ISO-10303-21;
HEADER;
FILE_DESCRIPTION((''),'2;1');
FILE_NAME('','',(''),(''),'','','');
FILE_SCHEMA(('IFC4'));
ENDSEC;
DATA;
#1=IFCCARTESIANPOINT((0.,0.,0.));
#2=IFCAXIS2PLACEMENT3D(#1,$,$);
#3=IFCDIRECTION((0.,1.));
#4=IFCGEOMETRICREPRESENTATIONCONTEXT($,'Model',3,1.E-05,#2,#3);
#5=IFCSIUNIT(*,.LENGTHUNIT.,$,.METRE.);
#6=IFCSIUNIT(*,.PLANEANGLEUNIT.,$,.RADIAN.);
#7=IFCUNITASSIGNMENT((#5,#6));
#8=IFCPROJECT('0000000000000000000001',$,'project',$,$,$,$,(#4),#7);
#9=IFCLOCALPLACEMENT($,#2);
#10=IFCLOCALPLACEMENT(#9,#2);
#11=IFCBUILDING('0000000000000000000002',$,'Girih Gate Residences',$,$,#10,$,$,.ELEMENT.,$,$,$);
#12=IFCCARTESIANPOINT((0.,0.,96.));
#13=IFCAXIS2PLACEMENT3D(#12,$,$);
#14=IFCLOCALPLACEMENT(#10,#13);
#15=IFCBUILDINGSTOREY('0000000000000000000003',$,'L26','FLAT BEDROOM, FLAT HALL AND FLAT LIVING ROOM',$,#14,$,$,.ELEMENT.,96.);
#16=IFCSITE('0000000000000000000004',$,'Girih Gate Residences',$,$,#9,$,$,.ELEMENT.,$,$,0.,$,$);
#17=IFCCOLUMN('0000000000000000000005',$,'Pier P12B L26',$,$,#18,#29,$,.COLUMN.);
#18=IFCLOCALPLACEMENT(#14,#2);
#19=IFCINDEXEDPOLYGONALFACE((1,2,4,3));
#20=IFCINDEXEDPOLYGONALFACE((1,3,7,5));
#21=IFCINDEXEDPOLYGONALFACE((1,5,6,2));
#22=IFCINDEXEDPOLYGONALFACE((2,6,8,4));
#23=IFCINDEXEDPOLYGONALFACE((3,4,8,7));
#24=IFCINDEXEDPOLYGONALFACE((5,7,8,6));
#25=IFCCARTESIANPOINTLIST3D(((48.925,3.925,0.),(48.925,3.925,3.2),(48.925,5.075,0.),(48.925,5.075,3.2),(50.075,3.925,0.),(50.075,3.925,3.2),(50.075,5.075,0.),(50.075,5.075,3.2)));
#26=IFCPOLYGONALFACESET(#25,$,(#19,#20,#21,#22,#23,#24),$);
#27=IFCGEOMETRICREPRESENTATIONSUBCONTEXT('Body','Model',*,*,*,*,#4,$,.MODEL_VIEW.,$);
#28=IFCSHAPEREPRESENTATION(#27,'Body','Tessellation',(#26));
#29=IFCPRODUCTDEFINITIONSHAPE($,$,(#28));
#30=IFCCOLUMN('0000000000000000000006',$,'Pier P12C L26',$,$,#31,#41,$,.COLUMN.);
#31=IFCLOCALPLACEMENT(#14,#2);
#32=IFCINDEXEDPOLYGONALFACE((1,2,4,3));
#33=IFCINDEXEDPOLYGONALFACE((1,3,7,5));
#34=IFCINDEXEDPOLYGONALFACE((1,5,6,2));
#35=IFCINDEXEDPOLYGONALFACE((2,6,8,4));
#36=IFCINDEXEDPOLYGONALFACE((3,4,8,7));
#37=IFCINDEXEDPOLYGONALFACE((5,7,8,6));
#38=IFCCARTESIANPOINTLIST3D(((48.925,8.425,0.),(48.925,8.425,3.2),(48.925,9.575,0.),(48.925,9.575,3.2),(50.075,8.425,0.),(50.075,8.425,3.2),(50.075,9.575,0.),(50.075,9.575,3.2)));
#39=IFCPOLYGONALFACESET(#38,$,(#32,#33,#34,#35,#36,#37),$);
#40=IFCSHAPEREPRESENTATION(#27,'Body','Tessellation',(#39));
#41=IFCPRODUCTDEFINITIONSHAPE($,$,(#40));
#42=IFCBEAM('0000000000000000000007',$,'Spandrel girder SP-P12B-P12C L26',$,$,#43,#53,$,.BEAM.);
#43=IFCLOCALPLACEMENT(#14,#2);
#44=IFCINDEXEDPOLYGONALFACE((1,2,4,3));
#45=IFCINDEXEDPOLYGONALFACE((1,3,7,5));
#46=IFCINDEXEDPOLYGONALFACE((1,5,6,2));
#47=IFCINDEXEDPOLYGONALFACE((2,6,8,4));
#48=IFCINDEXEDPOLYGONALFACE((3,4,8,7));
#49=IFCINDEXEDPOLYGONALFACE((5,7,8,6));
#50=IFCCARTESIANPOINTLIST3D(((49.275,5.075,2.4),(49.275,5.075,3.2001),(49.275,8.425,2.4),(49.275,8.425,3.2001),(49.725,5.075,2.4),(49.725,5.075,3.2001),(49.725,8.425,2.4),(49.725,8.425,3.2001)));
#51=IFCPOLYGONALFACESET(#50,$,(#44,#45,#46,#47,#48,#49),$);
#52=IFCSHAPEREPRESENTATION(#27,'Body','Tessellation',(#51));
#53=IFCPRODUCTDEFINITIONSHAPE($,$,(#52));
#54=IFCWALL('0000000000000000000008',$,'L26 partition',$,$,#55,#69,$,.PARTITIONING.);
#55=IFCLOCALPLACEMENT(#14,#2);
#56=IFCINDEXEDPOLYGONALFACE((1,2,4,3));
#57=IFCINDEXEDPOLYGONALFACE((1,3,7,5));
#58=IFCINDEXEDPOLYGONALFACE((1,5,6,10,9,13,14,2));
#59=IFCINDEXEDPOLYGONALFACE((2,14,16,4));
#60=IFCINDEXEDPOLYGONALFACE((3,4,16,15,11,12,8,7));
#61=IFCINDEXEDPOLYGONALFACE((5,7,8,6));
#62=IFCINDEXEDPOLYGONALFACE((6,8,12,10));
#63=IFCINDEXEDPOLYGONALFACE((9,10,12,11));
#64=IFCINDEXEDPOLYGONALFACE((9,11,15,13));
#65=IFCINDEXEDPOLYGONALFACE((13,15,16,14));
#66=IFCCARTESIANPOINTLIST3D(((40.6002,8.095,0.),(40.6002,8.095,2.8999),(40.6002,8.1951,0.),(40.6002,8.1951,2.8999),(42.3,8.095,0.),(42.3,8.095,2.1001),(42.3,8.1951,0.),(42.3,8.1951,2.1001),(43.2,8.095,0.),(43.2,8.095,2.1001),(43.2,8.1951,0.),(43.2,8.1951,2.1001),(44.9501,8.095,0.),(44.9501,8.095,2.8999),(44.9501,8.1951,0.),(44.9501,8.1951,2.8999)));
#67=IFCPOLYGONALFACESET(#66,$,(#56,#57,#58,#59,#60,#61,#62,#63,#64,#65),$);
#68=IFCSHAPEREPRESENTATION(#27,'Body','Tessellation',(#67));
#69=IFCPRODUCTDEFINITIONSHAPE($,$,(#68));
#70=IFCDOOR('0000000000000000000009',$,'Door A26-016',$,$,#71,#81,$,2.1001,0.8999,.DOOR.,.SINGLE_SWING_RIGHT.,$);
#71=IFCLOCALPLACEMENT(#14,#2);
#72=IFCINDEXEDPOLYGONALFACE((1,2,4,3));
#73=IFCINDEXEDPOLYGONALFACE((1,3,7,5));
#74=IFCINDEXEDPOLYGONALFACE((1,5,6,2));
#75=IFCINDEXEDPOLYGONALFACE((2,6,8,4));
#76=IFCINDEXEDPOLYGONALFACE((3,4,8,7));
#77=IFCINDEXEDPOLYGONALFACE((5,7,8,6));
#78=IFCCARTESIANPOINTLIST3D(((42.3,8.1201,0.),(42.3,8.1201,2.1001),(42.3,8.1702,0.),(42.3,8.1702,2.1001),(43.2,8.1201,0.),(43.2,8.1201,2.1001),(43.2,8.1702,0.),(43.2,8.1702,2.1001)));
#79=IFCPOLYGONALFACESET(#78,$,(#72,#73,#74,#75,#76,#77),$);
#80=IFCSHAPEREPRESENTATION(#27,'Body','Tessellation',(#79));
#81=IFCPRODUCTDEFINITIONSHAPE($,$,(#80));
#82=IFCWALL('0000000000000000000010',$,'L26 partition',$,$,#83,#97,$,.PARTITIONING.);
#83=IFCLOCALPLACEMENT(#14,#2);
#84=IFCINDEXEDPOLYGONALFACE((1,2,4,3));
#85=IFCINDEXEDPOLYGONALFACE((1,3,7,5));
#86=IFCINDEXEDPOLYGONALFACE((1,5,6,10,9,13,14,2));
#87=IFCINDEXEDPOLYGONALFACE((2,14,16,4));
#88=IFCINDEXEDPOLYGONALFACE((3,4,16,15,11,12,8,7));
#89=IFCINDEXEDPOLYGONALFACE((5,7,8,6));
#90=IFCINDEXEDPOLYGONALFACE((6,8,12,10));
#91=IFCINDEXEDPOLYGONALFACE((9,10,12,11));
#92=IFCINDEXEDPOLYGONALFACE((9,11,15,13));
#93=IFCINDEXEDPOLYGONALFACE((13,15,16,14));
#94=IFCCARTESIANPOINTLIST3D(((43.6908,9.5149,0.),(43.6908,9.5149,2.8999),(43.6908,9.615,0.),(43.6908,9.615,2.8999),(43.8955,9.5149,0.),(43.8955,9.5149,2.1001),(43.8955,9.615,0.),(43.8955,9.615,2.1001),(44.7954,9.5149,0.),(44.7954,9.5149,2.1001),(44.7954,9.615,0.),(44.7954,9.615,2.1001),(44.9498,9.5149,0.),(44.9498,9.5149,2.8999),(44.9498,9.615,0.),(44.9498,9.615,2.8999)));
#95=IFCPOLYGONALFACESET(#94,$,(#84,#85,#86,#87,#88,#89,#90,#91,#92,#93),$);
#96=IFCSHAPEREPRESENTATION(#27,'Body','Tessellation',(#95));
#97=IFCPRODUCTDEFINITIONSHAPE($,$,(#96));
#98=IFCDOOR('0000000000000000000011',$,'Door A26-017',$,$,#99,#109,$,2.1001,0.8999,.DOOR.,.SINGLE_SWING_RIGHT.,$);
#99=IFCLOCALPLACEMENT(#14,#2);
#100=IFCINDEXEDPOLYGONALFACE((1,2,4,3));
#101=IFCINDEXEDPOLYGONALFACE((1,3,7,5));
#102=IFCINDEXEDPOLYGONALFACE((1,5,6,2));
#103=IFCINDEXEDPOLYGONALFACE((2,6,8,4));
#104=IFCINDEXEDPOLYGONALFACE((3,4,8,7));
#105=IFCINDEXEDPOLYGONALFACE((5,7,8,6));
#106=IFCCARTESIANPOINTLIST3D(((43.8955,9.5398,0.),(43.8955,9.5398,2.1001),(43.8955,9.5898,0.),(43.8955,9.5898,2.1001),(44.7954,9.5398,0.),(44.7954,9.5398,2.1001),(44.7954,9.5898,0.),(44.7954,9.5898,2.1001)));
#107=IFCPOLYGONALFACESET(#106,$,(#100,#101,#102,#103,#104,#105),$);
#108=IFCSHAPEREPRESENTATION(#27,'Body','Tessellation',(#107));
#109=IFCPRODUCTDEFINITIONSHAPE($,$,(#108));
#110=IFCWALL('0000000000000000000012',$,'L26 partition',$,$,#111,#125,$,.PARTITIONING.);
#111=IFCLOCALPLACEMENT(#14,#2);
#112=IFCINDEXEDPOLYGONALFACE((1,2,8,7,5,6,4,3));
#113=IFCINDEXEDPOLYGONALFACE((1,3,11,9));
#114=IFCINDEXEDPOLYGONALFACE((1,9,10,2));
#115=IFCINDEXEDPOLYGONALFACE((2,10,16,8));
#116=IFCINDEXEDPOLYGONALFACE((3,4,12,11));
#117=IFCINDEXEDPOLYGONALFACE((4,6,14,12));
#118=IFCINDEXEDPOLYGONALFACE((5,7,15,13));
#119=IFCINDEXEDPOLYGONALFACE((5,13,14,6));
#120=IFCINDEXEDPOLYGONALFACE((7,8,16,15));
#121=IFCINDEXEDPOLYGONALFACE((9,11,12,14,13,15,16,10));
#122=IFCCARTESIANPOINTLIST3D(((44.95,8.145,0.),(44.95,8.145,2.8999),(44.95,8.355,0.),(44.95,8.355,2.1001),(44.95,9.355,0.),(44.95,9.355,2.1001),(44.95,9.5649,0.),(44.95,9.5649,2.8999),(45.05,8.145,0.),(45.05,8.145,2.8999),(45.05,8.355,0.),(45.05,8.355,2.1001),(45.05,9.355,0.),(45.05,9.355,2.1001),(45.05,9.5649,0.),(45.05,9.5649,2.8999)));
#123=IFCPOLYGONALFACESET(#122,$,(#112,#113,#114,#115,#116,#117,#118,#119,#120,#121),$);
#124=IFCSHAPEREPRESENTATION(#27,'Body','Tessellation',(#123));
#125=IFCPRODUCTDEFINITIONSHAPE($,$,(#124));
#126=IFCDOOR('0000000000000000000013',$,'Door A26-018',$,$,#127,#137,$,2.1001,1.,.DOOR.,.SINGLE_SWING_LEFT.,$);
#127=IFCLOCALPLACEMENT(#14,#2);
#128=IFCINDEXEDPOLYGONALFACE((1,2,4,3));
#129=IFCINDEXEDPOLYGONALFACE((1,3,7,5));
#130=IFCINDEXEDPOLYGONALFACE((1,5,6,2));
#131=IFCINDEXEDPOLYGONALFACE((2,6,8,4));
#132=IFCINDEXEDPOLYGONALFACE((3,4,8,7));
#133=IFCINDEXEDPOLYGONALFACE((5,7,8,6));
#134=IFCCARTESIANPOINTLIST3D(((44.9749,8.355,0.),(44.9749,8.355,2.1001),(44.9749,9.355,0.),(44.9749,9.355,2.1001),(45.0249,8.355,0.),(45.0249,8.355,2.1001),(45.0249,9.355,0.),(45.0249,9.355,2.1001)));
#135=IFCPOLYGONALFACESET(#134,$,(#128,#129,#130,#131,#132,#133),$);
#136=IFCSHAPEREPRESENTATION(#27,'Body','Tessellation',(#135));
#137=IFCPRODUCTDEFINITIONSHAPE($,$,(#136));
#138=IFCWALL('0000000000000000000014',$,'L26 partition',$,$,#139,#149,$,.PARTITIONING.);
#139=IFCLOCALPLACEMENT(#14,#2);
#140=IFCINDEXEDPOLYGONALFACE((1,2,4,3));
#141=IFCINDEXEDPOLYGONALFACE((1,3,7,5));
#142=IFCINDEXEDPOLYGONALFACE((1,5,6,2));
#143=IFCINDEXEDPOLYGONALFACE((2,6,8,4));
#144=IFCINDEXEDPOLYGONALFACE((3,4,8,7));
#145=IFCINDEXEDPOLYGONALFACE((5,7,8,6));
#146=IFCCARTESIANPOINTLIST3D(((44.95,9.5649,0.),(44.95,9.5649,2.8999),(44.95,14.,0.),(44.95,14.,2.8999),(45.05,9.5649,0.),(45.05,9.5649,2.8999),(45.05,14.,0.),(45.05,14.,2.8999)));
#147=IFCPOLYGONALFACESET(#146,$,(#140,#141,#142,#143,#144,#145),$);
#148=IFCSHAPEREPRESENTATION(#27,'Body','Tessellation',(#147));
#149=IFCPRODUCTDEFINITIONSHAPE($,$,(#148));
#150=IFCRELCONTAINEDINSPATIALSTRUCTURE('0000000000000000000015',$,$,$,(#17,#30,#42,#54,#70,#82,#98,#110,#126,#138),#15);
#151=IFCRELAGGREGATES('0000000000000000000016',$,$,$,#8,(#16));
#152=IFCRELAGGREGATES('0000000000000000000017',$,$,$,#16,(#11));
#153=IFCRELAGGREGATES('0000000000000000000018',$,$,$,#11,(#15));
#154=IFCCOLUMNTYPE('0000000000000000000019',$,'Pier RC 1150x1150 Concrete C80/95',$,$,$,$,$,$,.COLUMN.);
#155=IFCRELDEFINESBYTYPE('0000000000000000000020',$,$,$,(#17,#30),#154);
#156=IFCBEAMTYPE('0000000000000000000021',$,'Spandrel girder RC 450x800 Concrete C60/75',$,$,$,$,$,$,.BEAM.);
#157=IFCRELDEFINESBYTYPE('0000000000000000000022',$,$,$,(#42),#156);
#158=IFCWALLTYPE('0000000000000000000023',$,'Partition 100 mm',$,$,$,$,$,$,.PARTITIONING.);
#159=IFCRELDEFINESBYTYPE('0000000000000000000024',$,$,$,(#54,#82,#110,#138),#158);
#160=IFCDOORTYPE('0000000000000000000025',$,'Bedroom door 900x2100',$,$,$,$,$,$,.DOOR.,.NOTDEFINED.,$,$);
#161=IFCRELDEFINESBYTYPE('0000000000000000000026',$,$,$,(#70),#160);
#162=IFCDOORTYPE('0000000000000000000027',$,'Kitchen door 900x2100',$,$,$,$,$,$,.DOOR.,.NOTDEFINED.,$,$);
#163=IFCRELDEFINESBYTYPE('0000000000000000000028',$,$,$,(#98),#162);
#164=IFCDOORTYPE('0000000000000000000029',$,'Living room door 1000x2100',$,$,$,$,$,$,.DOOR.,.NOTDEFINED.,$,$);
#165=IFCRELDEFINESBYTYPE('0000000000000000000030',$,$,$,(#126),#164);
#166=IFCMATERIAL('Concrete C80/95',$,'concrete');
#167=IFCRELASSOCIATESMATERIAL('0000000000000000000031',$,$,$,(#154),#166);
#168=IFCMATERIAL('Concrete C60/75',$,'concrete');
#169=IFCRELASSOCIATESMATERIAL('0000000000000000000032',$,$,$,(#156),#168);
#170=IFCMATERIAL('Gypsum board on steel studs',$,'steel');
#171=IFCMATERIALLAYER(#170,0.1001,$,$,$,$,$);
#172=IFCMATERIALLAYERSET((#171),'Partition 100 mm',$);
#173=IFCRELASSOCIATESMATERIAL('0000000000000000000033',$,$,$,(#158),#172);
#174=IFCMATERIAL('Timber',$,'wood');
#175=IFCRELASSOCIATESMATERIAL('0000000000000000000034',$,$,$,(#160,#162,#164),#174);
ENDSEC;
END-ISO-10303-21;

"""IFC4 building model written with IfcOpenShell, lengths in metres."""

from ifc_helpers import new_model, si_unit, direction, frame, frame_2d, origin, origin_2d, place, context, subcontext, project, spatial, rectangle, extrude, material, layer, layer_set, material_profile, profile_set, type_object, element, fill, save


model = new_model("IFC4")

# Units and contexts
model_context = context("Model", 3, precision=1e-05, world=origin(), true_north=direction((0.0, 1.0)))
body_context = subcontext(model_context, "Body", "Model", "MODEL_VIEW")
ifc_project = project(units=[si_unit("LENGTHUNIT", "METRE"), si_unit("PLANEANGLEUNIT", "RADIAN")], contexts=[model_context])

# Site, building, storey
site_placement = place(None, origin())
site = spatial("IfcSite", under=ifc_project, at=site_placement, Name="Girih Gate Residences", CompositionType="ELEMENT", RefElevation=0.0)
building_placement = place(site_placement, origin())
building = spatial("IfcBuilding", under=site, at=building_placement, Name="Girih Gate Residences", CompositionType="ELEMENT")
storey_placement = place(building_placement, frame((0.0, 0.0, 96.0)))
storey = spatial("IfcBuildingStorey", under=building, at=storey_placement, Name="L26", Description="FLAT BEDROOM, FLAT HALL AND FLAT LIVING ROOM", CompositionType="ELEMENT", Elevation=96.0)

# Columns
ifc_material_1 = material(Name="Concrete C80/95", Category="concrete")
ifc_material_profile_1 = material_profile(ifc_material_1, rectangle(XDim=1.1499, YDim=1.1499, at=origin_2d()))
ifc_profile_set_1 = profile_set([ifc_material_profile_1], Name="Concrete C80/95")
column_type = type_object("IfcColumnType", Name="Pier RC 1150x1150 Concrete C80/95", PredefinedType="COLUMN", material=ifc_profile_set_1)
for number, where, z_axis, x_axis, name in (
    (1, (49.5, 4.5, 0.0), (0.0, 0.0, 1.0), (1.0, 0.0, 0.0), "Pier P12B L26"),
    (2, (49.5, 9.0, 0.0), (0.0, 0.0, 1.0), (1.0, 0.0, 0.0), "Pier P12C L26"),
):
    element("IfcColumn", number, at=place(storey_placement, frame(where, z_axis=z_axis, x_axis=x_axis)), inside=storey, type_object=column_type, Name=name, PredefinedType="COLUMN", context=body_context, shape_type="SweptSolid", body=[
        extrude(rectangle(XDim=1.1499, YDim=1.1499, at=origin_2d()), origin(), (0.0, 0.0, 1.0), 3.2),
    ])

# Beam
ifc_material_2 = material(Name="Concrete C60/75", Category="concrete")
ifc_material_profile_2 = material_profile(ifc_material_2, rectangle(XDim=0.45, YDim=0.8, at=origin_2d()))
ifc_profile_set_2 = profile_set([ifc_material_profile_2], Name="Concrete C60/75")
beam_type = type_object("IfcBeamType", Name="Spandrel girder RC 450x800 Concrete C60/75", PredefinedType="BEAM", material=ifc_profile_set_2)
beam_placement = place(storey_placement, frame((49.5, 5.075, 2.8), z_axis=(0.0, 1.0, 0.0), x_axis=(-1.0, 0.0, 0.0)))
element("IfcBeam", 3, at=beam_placement, inside=storey, type_object=beam_type, Name="Spandrel girder SP-P12B-P12C L26", PredefinedType="BEAM", context=body_context, shape_type="SweptSolid", body=[
    extrude(rectangle(XDim=0.45, YDim=0.8, at=origin_2d()), origin(), (0.0, 0.0, 1.0), 3.3501),
])

# Walls, openings, doors
ifc_material_3 = material(Name="Gypsum board on steel studs", Category="steel")
ifc_layer_1 = layer(ifc_material_3, 0.1001)
ifc_layer_set_1 = layer_set([ifc_layer_1], Name="Partition 100 mm")
wall_type_1 = type_object("IfcWallType", Name="Partition 100 mm", PredefinedType="PARTITIONING", material=ifc_layer_set_1)
wall_1_placement = place(storey_placement, frame((44.95, 8.145, 0.0), z_axis=(0.0, 0.0, 1.0), x_axis=(-1.0, 0.0, 0.0)))
wall_1 = element("IfcWall", 4, at=wall_1_placement, inside=storey, type_object=wall_type_1, Name="L26 partition", PredefinedType="PARTITIONING", context=body_context, shape_type="SweptSolid", body=[
    extrude(rectangle(XDim=4.3499, YDim=0.1001, at=frame_2d((2.1748, 0.0))), origin(), (0.0, 0.0, 1.0), 2.8999),
])
opening_1_placement = place(wall_1_placement, frame((1.75, 0.0, 0.0)))
opening_1 = element("IfcOpeningElement", 5, at=opening_1_placement, cuts=wall_1, PredefinedType="OPENING", context=body_context, shape_type="SweptSolid", body=[
    extrude(rectangle(XDim=0.8999, YDim=2.1001, at=frame_2d((0.45, 1.05))), frame((0.0, 0.0601, 0.0), z_axis=(0.0, -1.0, 0.0), x_axis=(1.0, 0.0, 0.0)), (0.0, 0.0, 1.0), 0.1201),
])
ifc_material_4 = material(Name="Timber", Category="wood")
door_type_1 = type_object("IfcDoorType", Name="Bedroom door 900x2100", OperationType="NOTDEFINED", PredefinedType="DOOR", material=ifc_material_4)
door_1_placement = place(opening_1_placement, origin())
door_1 = element("IfcDoor", 6, at=door_1_placement, inside=storey, type_object=door_type_1, Name="Door A26-016", OperationType="SINGLE_SWING_RIGHT", OverallHeight=2.1001, OverallWidth=0.8999, PredefinedType="DOOR", context=body_context, shape_type="SweptSolid", body=[
    extrude(rectangle(XDim=0.8999, YDim=2.1001, at=frame_2d((0.45, 1.05))), frame((0.0, 0.0249, 0.0), z_axis=(0.0, -1.0, 0.0), x_axis=(1.0, 0.0, 0.0)), (0.0, 0.0, 1.0), 0.05),
])
fill(opening_1, door_1)
wall_2_placement = place(storey_placement, frame((43.6909, 9.5649, 0.0), z_axis=(0.0, 0.0, 1.0), x_axis=(1.0, 0.0, 0.0)))
wall_2 = element("IfcWall", 7, at=wall_2_placement, inside=storey, type_object=wall_type_1, Name="L26 partition", PredefinedType="PARTITIONING", context=body_context, shape_type="SweptSolid", body=[
    extrude(rectangle(XDim=1.259, YDim=0.1001, at=frame_2d((0.6294, 0.0))), origin(), (0.0, 0.0, 1.0), 2.8999),
])
opening_2_placement = place(wall_2_placement, frame((0.2046, 0.0, 0.0)))
opening_2 = element("IfcOpeningElement", 8, at=opening_2_placement, cuts=wall_2, PredefinedType="OPENING", context=body_context, shape_type="SweptSolid", body=[
    extrude(rectangle(XDim=0.8999, YDim=2.1001, at=frame_2d((0.45, 1.05))), frame((0.0, 0.0601, 0.0), z_axis=(0.0, -1.0, 0.0), x_axis=(1.0, 0.0, 0.0)), (0.0, 0.0, 1.0), 0.1201),
])
door_type_2 = type_object("IfcDoorType", Name="Kitchen door 900x2100", OperationType="NOTDEFINED", PredefinedType="DOOR", material=ifc_material_4)
door_2_placement = place(opening_2_placement, origin())
door_2 = element("IfcDoor", 9, at=door_2_placement, inside=storey, type_object=door_type_2, Name="Door A26-017", OperationType="SINGLE_SWING_RIGHT", OverallHeight=2.1001, OverallWidth=0.8999, PredefinedType="DOOR", context=body_context, shape_type="SweptSolid", body=[
    extrude(rectangle(XDim=0.8999, YDim=2.1001, at=frame_2d((0.45, 1.05))), frame((0.0, 0.0249, 0.0), z_axis=(0.0, -1.0, 0.0), x_axis=(1.0, 0.0, 0.0)), (0.0, 0.0, 1.0), 0.05),
])
fill(opening_2, door_2)
wall_3_placement = place(storey_placement, frame((45.0, 9.5649, 0.0), z_axis=(0.0, 0.0, 1.0), x_axis=(0.0, -1.0, 0.0)))
wall_3 = element("IfcWall", 10, at=wall_3_placement, inside=storey, type_object=wall_type_1, Name="L26 partition", PredefinedType="PARTITIONING", context=body_context, shape_type="SweptSolid", body=[
    extrude(rectangle(XDim=1.4199, YDim=0.1001, at=frame_2d((0.71, 0.0))), origin(), (0.0, 0.0, 1.0), 2.8999),
])
opening_3_placement = place(wall_3_placement, frame((0.21, 0.0, 0.0)))
opening_3 = element("IfcOpeningElement", 11, at=opening_3_placement, cuts=wall_3, PredefinedType="OPENING", context=body_context, shape_type="SweptSolid", body=[
    extrude(rectangle(XDim=1.0, YDim=2.1001, at=frame_2d((0.5, 1.05))), frame((0.0, 0.0601, 0.0), z_axis=(0.0, -1.0, 0.0), x_axis=(1.0, 0.0, 0.0)), (0.0, 0.0, 1.0), 0.1201),
])
door_type_3 = type_object("IfcDoorType", Name="Living room door 1000x2100", OperationType="NOTDEFINED", PredefinedType="DOOR", material=ifc_material_4)
door_3_placement = place(opening_3_placement, origin())
door_3 = element("IfcDoor", 12, at=door_3_placement, inside=storey, type_object=door_type_3, Name="Door A26-018", OperationType="SINGLE_SWING_LEFT", OverallHeight=2.1001, OverallWidth=1.0, PredefinedType="DOOR", context=body_context, shape_type="SweptSolid", body=[
    extrude(rectangle(XDim=1.0, YDim=2.1001, at=frame_2d((0.5, 1.05))), frame((0.0, 0.0249, 0.0), z_axis=(0.0, -1.0, 0.0), x_axis=(1.0, 0.0, 0.0)), (0.0, 0.0, 1.0), 0.05),
])
fill(opening_3, door_3)

# Wall
wall_4_placement = place(storey_placement, frame((45.0, 9.5649, 0.0), z_axis=(0.0, 0.0, 1.0), x_axis=(0.0, 1.0, 0.0)))
element("IfcWall", 13, at=wall_4_placement, inside=storey, type_object=wall_type_1, Name="L26 partition", PredefinedType="PARTITIONING", context=body_context, shape_type="SweptSolid", body=[
    extrude(rectangle(XDim=4.4351, YDim=0.1001, at=frame_2d((2.2175, 0.0))), origin(), (0.0, 0.0, 1.0), 2.8999),
])

save(model, "model.ifc")
